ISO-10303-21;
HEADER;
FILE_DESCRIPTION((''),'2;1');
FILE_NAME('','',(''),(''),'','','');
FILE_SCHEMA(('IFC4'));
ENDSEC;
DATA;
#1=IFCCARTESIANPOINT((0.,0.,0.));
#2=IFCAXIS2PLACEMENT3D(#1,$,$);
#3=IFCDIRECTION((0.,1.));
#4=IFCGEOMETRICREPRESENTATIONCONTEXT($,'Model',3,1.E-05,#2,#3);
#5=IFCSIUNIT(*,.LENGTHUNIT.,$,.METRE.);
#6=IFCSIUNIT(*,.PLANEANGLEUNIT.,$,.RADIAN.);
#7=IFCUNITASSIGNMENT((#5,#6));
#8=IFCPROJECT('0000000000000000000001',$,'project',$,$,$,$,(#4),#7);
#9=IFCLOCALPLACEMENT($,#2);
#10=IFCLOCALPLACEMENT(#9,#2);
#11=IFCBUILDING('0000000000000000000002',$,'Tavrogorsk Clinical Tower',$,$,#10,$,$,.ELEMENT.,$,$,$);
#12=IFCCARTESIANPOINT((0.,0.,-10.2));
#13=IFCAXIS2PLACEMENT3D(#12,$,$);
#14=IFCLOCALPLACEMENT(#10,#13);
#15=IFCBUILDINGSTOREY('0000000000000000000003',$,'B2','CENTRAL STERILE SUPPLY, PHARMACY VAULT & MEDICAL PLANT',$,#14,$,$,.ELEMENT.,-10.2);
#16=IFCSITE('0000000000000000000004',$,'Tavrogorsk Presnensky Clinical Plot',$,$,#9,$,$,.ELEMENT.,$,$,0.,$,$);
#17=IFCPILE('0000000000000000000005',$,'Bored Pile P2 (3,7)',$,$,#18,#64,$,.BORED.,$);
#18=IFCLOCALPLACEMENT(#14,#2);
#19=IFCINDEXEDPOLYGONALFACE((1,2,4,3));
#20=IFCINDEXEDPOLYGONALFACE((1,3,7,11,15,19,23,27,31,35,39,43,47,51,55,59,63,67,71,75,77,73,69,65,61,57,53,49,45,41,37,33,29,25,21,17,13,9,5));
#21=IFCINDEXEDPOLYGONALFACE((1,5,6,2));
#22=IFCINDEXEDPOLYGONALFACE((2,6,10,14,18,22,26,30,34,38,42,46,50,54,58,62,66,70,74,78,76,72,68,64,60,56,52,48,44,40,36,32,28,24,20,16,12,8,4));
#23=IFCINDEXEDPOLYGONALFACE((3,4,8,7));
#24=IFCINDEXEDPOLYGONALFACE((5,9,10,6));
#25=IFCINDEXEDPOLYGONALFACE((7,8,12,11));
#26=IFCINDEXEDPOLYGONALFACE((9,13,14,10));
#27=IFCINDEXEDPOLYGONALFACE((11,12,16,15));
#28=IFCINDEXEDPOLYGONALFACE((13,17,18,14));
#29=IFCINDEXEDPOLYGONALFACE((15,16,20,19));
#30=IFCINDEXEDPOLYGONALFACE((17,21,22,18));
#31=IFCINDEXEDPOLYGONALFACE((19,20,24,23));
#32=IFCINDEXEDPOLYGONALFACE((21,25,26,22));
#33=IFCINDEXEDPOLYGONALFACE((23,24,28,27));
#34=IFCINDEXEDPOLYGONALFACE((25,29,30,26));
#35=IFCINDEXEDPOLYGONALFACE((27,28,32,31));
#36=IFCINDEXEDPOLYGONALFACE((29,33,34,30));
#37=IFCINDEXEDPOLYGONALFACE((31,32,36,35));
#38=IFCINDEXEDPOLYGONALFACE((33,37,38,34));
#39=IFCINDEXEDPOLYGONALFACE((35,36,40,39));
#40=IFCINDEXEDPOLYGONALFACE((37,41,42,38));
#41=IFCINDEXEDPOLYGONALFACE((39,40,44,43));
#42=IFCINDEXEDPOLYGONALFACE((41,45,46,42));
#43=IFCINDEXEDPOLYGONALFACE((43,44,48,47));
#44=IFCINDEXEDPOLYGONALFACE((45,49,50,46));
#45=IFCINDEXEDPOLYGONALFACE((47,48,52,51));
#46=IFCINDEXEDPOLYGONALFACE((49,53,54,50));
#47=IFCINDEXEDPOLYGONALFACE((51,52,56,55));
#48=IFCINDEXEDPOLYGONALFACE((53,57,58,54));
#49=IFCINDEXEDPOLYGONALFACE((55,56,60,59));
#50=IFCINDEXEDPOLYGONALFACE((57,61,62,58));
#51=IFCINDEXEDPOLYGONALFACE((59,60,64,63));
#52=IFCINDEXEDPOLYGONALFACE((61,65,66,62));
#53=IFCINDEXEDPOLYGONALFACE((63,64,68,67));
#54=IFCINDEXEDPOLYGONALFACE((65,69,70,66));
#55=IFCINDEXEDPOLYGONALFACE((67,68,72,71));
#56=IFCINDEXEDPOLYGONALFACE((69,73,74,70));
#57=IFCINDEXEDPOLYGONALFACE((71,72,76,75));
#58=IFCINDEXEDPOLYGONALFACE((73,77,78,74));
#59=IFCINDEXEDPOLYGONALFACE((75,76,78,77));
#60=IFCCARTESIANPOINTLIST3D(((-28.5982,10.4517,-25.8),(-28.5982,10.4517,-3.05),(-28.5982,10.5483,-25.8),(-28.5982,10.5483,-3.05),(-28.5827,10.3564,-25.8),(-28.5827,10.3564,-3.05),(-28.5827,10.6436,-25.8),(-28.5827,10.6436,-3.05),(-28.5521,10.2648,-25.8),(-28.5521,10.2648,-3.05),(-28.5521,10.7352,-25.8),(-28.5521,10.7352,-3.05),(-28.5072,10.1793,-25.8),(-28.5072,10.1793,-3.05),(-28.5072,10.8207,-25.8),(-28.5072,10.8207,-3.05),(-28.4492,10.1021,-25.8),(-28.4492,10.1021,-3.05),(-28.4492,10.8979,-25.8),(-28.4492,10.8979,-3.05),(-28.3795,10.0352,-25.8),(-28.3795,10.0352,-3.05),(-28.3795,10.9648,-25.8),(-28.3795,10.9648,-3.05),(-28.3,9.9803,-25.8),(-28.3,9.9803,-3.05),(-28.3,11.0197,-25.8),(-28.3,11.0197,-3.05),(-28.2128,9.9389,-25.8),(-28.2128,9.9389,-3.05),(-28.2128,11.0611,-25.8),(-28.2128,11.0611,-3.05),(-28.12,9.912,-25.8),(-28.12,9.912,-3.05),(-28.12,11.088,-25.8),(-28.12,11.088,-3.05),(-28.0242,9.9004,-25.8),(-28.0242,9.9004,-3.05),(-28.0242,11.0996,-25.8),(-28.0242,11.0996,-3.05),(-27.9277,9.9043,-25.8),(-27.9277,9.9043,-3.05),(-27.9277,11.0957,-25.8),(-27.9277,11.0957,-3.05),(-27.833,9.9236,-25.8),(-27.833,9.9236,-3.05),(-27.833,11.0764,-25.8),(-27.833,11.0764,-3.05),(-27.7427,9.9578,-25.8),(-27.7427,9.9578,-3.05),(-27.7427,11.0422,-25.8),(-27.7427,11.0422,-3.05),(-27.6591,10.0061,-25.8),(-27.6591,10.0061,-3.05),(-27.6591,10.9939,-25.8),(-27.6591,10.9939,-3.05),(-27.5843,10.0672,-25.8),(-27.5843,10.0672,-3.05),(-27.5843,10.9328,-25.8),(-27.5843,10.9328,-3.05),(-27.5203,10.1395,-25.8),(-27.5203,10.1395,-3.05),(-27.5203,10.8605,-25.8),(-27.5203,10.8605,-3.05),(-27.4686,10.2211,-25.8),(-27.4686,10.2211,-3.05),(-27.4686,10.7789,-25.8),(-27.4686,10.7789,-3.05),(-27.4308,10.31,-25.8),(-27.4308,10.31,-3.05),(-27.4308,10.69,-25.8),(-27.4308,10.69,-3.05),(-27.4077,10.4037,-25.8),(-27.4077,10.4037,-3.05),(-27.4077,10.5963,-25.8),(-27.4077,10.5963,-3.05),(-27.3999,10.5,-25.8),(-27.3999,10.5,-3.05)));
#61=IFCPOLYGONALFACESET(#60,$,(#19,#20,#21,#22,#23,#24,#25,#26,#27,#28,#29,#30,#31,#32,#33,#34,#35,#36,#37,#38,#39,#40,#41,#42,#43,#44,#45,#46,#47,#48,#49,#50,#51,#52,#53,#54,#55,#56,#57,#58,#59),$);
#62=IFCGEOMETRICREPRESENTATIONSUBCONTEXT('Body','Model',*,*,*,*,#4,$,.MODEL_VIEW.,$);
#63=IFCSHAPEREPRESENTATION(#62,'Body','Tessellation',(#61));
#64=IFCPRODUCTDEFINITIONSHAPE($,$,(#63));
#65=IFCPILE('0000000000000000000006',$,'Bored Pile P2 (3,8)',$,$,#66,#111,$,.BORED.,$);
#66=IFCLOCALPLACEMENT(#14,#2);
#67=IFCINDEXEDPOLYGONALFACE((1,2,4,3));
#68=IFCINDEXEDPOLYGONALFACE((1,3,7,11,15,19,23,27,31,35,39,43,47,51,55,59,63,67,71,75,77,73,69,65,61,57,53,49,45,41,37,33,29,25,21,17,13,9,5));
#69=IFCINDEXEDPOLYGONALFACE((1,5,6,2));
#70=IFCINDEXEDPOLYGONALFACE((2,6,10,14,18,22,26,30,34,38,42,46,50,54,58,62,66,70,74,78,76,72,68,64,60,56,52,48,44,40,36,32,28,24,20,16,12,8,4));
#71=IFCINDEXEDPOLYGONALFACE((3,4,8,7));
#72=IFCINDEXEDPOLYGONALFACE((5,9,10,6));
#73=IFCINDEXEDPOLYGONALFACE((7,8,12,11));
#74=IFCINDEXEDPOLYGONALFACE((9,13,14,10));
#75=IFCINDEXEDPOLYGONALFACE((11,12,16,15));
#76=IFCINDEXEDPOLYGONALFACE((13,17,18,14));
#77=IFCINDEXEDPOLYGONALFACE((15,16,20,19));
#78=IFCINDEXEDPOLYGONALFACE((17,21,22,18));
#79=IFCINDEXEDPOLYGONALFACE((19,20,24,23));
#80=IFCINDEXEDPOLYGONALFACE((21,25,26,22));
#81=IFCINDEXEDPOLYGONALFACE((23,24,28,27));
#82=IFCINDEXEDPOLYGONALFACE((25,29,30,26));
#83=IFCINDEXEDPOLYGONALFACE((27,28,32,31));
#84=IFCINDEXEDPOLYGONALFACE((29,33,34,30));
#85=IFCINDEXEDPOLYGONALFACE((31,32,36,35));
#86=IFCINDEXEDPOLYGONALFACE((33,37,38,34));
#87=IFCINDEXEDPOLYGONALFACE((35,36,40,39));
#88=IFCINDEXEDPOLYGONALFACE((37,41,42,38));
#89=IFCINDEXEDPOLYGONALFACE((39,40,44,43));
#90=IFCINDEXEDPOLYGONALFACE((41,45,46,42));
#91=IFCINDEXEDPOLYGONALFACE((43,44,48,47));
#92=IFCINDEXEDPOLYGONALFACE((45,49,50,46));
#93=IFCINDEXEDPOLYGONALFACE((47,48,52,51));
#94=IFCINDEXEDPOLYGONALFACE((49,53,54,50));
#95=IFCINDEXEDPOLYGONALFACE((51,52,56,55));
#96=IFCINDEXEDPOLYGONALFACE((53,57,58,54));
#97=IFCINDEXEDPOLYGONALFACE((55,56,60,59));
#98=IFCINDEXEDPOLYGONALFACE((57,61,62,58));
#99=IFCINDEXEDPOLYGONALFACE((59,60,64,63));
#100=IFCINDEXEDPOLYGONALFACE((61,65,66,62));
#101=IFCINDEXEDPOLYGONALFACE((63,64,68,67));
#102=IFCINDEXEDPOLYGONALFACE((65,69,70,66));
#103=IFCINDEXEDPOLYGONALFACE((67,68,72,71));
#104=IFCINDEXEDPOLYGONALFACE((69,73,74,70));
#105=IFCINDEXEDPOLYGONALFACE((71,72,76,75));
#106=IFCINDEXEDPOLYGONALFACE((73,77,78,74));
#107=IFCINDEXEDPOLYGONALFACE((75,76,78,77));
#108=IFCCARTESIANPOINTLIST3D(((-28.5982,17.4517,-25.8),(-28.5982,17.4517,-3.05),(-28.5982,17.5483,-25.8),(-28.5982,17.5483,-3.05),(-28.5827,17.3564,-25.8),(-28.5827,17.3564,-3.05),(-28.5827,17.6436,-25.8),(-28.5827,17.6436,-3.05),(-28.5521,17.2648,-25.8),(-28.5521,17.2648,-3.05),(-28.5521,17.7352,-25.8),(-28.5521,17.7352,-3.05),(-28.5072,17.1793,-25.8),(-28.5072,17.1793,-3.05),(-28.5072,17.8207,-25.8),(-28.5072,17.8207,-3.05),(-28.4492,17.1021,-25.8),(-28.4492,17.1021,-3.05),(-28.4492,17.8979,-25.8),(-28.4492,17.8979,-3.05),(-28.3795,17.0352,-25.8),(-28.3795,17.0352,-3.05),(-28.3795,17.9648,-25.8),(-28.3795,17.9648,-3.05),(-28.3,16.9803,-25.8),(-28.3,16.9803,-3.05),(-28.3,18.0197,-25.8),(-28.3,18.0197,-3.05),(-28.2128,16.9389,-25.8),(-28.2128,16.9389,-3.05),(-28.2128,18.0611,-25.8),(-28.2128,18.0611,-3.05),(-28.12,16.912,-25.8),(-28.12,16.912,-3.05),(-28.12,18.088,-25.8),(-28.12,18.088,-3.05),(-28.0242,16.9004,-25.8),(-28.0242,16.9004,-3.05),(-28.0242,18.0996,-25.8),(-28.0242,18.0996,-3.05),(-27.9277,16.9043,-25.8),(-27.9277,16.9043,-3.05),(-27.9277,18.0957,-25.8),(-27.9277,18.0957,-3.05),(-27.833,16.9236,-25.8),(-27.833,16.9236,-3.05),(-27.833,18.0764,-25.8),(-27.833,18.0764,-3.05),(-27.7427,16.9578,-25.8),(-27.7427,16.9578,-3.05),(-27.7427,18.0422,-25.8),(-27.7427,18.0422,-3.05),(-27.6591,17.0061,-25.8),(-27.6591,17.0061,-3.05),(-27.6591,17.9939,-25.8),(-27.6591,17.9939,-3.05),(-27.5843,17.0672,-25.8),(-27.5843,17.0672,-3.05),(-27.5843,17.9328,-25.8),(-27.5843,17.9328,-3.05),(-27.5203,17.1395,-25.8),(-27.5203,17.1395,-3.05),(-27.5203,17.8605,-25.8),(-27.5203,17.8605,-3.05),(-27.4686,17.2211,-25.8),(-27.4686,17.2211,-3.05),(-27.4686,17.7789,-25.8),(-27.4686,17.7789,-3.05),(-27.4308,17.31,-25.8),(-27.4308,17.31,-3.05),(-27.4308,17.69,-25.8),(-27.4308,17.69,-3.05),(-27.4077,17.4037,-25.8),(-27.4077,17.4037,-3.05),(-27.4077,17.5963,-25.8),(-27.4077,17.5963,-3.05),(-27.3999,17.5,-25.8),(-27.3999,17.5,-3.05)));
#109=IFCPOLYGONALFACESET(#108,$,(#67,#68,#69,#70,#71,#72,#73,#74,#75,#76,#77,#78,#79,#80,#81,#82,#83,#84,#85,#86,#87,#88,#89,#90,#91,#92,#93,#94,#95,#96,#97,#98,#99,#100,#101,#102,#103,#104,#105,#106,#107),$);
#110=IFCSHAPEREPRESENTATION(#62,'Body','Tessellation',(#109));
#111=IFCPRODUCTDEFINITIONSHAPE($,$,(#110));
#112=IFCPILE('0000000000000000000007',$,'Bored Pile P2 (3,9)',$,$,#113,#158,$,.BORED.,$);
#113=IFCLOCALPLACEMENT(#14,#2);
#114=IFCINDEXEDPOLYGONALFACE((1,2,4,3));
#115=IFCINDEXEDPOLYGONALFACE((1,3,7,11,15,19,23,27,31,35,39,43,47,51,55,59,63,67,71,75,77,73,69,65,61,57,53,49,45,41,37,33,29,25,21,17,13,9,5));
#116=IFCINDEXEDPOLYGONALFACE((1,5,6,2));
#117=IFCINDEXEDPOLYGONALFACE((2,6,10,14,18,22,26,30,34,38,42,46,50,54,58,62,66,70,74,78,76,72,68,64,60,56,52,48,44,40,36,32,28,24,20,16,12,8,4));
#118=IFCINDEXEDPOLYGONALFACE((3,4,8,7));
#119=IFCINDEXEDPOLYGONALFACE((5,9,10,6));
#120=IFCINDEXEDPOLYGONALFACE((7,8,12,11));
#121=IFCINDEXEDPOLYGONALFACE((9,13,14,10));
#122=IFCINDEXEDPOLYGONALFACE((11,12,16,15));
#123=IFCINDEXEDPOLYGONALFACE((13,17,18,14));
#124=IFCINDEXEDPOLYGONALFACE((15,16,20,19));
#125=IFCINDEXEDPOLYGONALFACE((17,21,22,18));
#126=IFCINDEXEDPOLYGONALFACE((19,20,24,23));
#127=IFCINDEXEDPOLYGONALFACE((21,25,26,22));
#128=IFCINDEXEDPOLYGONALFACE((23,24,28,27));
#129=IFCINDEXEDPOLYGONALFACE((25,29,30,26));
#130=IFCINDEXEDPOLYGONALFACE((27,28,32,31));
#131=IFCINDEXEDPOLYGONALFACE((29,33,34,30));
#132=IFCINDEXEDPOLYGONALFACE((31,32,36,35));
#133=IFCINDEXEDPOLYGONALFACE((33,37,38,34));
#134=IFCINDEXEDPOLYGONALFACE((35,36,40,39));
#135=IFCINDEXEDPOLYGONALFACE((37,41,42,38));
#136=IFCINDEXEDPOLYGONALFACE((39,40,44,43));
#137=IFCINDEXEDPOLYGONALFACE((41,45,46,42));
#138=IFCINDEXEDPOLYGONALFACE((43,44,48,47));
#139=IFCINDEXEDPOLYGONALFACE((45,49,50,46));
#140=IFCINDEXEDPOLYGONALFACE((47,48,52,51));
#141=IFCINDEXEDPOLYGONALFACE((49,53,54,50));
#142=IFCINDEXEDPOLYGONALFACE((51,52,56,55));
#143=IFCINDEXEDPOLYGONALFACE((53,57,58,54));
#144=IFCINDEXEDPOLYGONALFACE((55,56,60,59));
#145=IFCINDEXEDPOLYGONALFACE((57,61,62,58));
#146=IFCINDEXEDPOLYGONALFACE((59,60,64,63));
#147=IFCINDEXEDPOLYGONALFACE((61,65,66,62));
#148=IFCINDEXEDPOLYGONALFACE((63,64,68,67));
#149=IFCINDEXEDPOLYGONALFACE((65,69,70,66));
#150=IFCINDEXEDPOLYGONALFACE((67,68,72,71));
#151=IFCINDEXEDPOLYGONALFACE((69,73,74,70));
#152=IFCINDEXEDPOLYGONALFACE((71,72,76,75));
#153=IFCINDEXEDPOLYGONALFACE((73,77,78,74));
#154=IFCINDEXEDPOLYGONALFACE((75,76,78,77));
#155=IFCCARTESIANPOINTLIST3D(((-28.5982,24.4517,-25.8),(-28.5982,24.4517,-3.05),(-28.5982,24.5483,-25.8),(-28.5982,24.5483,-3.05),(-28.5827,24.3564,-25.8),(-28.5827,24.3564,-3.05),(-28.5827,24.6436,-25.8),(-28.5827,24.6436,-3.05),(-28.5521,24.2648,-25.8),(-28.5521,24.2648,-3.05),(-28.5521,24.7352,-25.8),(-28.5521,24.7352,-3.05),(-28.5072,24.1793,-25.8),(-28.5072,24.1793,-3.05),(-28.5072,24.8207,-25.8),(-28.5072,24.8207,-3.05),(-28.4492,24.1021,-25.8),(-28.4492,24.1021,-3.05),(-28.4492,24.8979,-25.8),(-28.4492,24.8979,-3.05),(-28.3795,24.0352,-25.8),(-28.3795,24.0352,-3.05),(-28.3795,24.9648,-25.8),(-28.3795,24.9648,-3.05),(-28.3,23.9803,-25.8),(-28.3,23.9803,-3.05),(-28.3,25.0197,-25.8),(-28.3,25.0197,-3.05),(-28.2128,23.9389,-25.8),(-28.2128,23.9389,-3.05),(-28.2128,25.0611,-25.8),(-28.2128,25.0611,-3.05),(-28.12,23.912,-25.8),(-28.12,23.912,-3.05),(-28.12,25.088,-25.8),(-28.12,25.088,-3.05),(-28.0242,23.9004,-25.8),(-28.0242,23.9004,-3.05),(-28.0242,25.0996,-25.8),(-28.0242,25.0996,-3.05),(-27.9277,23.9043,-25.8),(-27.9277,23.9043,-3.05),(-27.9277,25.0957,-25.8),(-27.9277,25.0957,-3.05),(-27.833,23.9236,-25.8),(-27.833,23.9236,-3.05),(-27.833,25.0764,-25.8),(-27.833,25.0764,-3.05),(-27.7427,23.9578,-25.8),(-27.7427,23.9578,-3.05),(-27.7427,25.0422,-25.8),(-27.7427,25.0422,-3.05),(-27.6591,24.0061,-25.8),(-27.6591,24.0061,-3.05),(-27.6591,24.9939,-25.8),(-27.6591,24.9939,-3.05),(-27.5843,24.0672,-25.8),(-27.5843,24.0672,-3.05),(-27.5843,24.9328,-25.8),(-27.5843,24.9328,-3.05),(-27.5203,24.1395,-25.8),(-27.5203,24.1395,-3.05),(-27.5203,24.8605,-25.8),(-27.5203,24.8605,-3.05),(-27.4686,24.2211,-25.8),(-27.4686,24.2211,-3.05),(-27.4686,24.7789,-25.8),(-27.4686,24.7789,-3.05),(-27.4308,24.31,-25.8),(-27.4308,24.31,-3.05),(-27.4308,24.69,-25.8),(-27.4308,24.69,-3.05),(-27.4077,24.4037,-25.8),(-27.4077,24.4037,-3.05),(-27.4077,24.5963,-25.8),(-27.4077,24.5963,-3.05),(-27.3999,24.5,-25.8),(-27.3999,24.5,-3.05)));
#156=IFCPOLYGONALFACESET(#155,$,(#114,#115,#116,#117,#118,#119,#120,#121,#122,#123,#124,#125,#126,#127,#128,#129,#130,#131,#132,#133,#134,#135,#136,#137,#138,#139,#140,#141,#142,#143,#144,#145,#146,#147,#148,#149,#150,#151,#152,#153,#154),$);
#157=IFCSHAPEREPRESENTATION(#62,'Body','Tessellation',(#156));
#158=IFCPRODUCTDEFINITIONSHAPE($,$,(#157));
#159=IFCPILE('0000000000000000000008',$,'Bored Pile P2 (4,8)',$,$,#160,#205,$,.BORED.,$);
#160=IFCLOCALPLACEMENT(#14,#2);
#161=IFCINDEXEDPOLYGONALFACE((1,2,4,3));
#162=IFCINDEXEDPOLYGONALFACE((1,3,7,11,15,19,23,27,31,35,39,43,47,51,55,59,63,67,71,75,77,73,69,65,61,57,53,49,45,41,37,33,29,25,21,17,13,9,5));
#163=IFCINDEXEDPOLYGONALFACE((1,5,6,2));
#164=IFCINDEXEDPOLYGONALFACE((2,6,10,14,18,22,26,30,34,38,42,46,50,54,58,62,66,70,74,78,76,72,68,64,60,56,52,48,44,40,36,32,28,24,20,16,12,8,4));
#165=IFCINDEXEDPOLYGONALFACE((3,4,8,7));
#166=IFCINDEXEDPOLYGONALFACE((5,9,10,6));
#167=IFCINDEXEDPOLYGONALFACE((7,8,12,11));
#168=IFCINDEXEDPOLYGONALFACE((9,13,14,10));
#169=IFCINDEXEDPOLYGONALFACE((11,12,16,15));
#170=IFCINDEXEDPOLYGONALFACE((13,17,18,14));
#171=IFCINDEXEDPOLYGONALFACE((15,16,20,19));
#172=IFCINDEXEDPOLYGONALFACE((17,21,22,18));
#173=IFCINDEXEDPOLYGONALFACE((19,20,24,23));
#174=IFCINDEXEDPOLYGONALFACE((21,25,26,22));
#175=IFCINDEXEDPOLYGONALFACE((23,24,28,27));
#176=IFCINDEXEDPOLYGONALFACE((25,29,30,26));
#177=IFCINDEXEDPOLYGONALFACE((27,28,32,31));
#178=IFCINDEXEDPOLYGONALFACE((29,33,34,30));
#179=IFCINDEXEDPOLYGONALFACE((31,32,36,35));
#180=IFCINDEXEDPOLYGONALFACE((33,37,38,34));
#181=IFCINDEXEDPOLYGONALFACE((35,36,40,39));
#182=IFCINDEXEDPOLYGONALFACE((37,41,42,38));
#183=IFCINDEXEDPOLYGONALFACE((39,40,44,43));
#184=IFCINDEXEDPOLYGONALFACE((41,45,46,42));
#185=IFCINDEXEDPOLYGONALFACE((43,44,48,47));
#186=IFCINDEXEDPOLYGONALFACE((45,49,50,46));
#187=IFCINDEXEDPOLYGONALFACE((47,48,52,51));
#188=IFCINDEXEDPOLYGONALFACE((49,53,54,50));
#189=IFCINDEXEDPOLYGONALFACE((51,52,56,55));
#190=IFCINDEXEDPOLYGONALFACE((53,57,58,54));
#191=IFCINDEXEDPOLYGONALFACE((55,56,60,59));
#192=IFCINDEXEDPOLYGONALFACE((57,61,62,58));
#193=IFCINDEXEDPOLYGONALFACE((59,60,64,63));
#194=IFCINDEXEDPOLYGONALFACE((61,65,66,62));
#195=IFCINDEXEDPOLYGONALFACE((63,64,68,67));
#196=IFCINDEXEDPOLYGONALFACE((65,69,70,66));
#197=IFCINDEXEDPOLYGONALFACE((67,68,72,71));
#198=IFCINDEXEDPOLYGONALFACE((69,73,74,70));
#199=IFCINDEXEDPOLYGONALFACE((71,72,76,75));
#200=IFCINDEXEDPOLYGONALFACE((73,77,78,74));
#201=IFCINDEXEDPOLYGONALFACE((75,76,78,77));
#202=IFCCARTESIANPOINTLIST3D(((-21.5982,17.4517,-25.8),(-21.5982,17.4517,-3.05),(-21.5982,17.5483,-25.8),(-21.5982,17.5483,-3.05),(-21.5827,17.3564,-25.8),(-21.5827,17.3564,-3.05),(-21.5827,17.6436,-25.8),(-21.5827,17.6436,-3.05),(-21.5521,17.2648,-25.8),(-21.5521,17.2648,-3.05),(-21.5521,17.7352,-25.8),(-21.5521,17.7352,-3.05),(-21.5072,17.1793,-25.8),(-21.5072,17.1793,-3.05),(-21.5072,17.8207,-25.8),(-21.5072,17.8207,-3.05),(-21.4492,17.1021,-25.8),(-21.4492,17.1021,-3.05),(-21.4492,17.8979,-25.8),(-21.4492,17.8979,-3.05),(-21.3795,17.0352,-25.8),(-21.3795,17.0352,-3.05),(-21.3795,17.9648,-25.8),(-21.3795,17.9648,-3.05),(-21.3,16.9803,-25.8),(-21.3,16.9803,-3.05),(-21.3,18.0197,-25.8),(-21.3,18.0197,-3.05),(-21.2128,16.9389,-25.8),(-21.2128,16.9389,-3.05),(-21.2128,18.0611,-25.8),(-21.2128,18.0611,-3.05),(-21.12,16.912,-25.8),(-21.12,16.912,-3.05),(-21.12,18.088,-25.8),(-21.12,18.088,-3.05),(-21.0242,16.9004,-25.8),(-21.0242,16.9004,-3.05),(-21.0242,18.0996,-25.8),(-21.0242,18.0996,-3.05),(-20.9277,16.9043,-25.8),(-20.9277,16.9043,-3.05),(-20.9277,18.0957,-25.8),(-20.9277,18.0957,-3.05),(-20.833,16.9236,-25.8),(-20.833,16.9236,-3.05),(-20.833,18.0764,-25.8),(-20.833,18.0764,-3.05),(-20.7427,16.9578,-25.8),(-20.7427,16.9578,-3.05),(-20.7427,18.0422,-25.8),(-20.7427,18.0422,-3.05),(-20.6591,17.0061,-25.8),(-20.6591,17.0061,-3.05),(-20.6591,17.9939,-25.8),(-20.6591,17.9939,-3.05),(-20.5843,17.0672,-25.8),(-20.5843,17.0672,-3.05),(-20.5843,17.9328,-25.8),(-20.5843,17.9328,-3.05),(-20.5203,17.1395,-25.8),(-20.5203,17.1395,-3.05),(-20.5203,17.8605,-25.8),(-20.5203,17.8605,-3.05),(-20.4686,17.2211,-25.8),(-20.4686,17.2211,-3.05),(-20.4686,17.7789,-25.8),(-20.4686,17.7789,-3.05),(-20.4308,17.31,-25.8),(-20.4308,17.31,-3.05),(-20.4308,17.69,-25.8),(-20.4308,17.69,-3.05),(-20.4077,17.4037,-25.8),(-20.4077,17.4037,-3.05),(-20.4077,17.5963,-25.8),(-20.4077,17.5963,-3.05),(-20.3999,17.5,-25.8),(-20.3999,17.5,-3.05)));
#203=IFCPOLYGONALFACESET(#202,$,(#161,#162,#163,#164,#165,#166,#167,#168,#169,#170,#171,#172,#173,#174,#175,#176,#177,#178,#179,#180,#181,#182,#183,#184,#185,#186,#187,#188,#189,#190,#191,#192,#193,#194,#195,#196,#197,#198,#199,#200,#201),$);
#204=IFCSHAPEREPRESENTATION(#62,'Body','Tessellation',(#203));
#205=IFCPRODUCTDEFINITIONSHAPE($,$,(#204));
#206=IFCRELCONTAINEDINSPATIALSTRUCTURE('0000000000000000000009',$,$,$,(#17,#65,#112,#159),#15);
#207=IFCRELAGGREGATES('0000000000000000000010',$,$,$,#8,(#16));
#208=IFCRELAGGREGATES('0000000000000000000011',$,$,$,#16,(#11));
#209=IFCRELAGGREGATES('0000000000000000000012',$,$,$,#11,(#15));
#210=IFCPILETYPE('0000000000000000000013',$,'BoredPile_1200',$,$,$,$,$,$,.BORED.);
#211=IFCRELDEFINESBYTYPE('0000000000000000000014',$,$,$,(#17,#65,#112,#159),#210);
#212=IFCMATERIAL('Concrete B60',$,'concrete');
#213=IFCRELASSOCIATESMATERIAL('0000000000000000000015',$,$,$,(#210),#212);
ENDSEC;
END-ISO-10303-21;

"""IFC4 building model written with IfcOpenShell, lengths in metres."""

from ifc_helpers import new_model, si_unit, direction, frame, origin, origin_2d, place, context, subcontext, project, spatial, circle, extrude, material, material_profile, profile_set, type_object, element, save


model = new_model("IFC4")

# Units and contexts
model_context = context("Model", 3, precision=1e-05, world=origin(), true_north=direction((0.0, 1.0)))
body_context = subcontext(model_context, "Body", "Model", "MODEL_VIEW")
ifc_project = project(units=[si_unit("LENGTHUNIT", "METRE"), si_unit("PLANEANGLEUNIT", "RADIAN")], contexts=[model_context])

# Site, building, storey
site_placement = place(None, origin())
site = spatial("IfcSite", under=ifc_project, at=site_placement, Name="Tavrogorsk Presnensky Clinical Plot", CompositionType="ELEMENT", RefElevation=0.0)
building_placement = place(site_placement, origin())
building = spatial("IfcBuilding", under=site, at=building_placement, Name="Tavrogorsk Clinical Tower", CompositionType="ELEMENT")
storey_placement = place(building_placement, frame((0.0, 0.0, -10.2)))
storey = spatial("IfcBuildingStorey", under=building, at=storey_placement, Name="B2", Description="CENTRAL STERILE SUPPLY, PHARMACY VAULT & MEDICAL PLANT", CompositionType="ELEMENT", Elevation=-10.2)

# Piles
ifc_material_1 = material(Name="Concrete B60", Category="concrete")
ifc_material_profile_1 = material_profile(ifc_material_1, circle(Radius=0.6001, at=origin_2d()), Name="BORED-PILE-1200")
ifc_profile_set_1 = profile_set([ifc_material_profile_1], Name="Concrete B60")
pile_type_1 = type_object("IfcPileType", Name="BoredPile_1200", PredefinedType="BORED", material=ifc_profile_set_1)
for number, where, z_axis, x_axis, name in (
    (1, (-28.0, 10.5, -3.05), (0.0, 0.0, -1.0), (1.0, 0.0, 0.0), "Bored Pile P2 (3,7)"),
    (2, (-28.0, 17.5, -3.05), (0.0, 0.0, -1.0), (1.0, 0.0, 0.0), "Bored Pile P2 (3,8)"),
    (3, (-28.0, 24.5, -3.05), (0.0, 0.0, -1.0), (1.0, 0.0, 0.0), "Bored Pile P2 (3,9)"),
    (4, (-21.0, 17.5, -3.05), (0.0, 0.0, -1.0), (1.0, 0.0, 0.0), "Bored Pile P2 (4,8)"),
):
    element("IfcPile", number, at=place(storey_placement, frame(where, z_axis=z_axis, x_axis=x_axis)), inside=storey, type_object=pile_type_1, Name=name, PredefinedType="BORED", context=body_context, shape_type="SweptSolid", body=[
        extrude(circle(Radius=0.6001, at=origin_2d()), origin(), (0.0, 0.0, 1.0), 22.75),
    ])

save(model, "model.ifc")
